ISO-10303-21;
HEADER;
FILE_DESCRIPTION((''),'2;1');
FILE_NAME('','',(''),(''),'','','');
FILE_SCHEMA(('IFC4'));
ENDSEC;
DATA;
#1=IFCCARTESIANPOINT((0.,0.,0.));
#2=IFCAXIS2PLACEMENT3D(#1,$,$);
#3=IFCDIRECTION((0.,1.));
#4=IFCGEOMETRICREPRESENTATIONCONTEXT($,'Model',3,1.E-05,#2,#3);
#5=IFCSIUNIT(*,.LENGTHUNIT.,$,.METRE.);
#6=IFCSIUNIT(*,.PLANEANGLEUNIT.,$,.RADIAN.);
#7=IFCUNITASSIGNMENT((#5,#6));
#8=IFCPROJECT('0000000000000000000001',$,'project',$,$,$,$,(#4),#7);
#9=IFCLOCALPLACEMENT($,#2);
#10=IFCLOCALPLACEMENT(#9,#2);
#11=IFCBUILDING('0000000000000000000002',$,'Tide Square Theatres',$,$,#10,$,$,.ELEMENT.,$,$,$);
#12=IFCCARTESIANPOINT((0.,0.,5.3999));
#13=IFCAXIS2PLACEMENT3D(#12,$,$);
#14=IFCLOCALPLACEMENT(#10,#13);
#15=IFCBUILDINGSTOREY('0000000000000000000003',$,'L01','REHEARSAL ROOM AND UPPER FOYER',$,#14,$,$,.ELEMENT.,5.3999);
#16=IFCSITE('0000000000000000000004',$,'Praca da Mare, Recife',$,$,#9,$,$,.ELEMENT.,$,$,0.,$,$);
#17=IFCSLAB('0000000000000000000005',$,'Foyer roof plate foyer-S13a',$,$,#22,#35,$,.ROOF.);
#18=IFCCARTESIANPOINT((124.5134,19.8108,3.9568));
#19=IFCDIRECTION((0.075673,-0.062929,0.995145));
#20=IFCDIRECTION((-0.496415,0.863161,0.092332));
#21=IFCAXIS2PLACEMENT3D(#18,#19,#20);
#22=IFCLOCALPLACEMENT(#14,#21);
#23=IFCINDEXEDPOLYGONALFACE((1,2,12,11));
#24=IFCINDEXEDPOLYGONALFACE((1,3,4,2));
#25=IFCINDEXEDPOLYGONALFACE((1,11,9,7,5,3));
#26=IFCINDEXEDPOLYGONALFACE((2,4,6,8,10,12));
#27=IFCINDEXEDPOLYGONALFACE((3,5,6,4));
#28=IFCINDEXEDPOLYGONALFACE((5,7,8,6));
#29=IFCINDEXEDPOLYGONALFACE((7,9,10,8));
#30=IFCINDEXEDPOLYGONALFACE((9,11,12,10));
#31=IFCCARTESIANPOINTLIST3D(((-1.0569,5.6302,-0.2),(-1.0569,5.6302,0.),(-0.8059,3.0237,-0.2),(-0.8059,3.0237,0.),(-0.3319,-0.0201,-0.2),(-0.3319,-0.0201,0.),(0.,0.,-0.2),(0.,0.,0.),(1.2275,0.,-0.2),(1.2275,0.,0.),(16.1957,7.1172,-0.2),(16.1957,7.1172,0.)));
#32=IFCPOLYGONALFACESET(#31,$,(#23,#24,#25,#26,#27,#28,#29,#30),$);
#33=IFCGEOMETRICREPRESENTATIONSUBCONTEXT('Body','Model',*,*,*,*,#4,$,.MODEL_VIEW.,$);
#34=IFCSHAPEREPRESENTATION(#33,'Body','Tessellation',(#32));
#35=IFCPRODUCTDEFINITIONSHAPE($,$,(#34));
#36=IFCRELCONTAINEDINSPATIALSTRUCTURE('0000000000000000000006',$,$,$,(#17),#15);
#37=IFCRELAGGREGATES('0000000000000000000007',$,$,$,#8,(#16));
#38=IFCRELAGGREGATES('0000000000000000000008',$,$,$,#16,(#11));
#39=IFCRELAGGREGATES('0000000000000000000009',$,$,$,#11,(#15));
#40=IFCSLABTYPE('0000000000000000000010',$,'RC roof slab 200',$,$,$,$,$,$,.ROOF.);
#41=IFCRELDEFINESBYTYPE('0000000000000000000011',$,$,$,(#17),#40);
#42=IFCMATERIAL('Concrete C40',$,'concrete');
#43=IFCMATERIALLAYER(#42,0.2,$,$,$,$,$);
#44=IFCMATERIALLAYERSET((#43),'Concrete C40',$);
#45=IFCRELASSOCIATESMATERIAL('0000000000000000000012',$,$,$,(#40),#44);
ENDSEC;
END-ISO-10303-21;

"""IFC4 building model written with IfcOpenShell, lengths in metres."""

from ifc_helpers import new_model, si_unit, direction, frame, origin, place, context, subcontext, project, spatial, polyline, outline, extrude, material, layer, layer_set, type_object, element, save


model = new_model("IFC4")

# Units and contexts
model_context = context("Model", 3, precision=1e-05, world=origin(), true_north=direction((0.0, 1.0)))
body_context = subcontext(model_context, "Body", "Model", "MODEL_VIEW")
ifc_project = project(units=[si_unit("LENGTHUNIT", "METRE"), si_unit("PLANEANGLEUNIT", "RADIAN")], contexts=[model_context])

# Site, building, storey
site_placement = place(None, origin())
site = spatial("IfcSite", under=ifc_project, at=site_placement, Name="Praca da Mare, Recife", CompositionType="ELEMENT", RefElevation=0.0)
building_placement = place(site_placement, origin())
building = spatial("IfcBuilding", under=site, at=building_placement, Name="Tide Square Theatres", CompositionType="ELEMENT")
storey_placement = place(building_placement, frame((0.0, 0.0, 5.3999)))
storey = spatial("IfcBuildingStorey", under=building, at=storey_placement, Name="L01", Description="REHEARSAL ROOM AND UPPER FOYER", CompositionType="ELEMENT", Elevation=5.3999)

# Slab
ifc_material_1 = material(Name="Concrete C40", Category="concrete")
ifc_layer_1 = layer(ifc_material_1, 0.2)
ifc_layer_set_1 = layer_set([ifc_layer_1], Name="Concrete C40")
slab_type = type_object("IfcSlabType", Name="RC roof slab 200", PredefinedType="ROOF", material=ifc_layer_set_1)
slab_placement = place(storey_placement, frame((124.5134, 19.8108, 3.9568), z_axis=(0.075673, -0.062929, 0.995145), x_axis=(-0.496415, 0.863161, 0.092332)))
element("IfcSlab", 1, at=slab_placement, inside=storey, type_object=slab_type, Name="Foyer roof plate foyer-S13a", PredefinedType="ROOF", context=body_context, shape_type="SweptSolid", body=[
    extrude(outline(polyline([(0.0, 0.0), (1.2275, 0.0), (16.1957, 7.1172), (-1.0569, 5.6302), (-0.8059, 3.0237), (-0.3319, -0.0201), (0.0, 0.0)])), origin(), (0.0, 0.0, -1.0), 0.2),
])

save(model, "model.ifc")
